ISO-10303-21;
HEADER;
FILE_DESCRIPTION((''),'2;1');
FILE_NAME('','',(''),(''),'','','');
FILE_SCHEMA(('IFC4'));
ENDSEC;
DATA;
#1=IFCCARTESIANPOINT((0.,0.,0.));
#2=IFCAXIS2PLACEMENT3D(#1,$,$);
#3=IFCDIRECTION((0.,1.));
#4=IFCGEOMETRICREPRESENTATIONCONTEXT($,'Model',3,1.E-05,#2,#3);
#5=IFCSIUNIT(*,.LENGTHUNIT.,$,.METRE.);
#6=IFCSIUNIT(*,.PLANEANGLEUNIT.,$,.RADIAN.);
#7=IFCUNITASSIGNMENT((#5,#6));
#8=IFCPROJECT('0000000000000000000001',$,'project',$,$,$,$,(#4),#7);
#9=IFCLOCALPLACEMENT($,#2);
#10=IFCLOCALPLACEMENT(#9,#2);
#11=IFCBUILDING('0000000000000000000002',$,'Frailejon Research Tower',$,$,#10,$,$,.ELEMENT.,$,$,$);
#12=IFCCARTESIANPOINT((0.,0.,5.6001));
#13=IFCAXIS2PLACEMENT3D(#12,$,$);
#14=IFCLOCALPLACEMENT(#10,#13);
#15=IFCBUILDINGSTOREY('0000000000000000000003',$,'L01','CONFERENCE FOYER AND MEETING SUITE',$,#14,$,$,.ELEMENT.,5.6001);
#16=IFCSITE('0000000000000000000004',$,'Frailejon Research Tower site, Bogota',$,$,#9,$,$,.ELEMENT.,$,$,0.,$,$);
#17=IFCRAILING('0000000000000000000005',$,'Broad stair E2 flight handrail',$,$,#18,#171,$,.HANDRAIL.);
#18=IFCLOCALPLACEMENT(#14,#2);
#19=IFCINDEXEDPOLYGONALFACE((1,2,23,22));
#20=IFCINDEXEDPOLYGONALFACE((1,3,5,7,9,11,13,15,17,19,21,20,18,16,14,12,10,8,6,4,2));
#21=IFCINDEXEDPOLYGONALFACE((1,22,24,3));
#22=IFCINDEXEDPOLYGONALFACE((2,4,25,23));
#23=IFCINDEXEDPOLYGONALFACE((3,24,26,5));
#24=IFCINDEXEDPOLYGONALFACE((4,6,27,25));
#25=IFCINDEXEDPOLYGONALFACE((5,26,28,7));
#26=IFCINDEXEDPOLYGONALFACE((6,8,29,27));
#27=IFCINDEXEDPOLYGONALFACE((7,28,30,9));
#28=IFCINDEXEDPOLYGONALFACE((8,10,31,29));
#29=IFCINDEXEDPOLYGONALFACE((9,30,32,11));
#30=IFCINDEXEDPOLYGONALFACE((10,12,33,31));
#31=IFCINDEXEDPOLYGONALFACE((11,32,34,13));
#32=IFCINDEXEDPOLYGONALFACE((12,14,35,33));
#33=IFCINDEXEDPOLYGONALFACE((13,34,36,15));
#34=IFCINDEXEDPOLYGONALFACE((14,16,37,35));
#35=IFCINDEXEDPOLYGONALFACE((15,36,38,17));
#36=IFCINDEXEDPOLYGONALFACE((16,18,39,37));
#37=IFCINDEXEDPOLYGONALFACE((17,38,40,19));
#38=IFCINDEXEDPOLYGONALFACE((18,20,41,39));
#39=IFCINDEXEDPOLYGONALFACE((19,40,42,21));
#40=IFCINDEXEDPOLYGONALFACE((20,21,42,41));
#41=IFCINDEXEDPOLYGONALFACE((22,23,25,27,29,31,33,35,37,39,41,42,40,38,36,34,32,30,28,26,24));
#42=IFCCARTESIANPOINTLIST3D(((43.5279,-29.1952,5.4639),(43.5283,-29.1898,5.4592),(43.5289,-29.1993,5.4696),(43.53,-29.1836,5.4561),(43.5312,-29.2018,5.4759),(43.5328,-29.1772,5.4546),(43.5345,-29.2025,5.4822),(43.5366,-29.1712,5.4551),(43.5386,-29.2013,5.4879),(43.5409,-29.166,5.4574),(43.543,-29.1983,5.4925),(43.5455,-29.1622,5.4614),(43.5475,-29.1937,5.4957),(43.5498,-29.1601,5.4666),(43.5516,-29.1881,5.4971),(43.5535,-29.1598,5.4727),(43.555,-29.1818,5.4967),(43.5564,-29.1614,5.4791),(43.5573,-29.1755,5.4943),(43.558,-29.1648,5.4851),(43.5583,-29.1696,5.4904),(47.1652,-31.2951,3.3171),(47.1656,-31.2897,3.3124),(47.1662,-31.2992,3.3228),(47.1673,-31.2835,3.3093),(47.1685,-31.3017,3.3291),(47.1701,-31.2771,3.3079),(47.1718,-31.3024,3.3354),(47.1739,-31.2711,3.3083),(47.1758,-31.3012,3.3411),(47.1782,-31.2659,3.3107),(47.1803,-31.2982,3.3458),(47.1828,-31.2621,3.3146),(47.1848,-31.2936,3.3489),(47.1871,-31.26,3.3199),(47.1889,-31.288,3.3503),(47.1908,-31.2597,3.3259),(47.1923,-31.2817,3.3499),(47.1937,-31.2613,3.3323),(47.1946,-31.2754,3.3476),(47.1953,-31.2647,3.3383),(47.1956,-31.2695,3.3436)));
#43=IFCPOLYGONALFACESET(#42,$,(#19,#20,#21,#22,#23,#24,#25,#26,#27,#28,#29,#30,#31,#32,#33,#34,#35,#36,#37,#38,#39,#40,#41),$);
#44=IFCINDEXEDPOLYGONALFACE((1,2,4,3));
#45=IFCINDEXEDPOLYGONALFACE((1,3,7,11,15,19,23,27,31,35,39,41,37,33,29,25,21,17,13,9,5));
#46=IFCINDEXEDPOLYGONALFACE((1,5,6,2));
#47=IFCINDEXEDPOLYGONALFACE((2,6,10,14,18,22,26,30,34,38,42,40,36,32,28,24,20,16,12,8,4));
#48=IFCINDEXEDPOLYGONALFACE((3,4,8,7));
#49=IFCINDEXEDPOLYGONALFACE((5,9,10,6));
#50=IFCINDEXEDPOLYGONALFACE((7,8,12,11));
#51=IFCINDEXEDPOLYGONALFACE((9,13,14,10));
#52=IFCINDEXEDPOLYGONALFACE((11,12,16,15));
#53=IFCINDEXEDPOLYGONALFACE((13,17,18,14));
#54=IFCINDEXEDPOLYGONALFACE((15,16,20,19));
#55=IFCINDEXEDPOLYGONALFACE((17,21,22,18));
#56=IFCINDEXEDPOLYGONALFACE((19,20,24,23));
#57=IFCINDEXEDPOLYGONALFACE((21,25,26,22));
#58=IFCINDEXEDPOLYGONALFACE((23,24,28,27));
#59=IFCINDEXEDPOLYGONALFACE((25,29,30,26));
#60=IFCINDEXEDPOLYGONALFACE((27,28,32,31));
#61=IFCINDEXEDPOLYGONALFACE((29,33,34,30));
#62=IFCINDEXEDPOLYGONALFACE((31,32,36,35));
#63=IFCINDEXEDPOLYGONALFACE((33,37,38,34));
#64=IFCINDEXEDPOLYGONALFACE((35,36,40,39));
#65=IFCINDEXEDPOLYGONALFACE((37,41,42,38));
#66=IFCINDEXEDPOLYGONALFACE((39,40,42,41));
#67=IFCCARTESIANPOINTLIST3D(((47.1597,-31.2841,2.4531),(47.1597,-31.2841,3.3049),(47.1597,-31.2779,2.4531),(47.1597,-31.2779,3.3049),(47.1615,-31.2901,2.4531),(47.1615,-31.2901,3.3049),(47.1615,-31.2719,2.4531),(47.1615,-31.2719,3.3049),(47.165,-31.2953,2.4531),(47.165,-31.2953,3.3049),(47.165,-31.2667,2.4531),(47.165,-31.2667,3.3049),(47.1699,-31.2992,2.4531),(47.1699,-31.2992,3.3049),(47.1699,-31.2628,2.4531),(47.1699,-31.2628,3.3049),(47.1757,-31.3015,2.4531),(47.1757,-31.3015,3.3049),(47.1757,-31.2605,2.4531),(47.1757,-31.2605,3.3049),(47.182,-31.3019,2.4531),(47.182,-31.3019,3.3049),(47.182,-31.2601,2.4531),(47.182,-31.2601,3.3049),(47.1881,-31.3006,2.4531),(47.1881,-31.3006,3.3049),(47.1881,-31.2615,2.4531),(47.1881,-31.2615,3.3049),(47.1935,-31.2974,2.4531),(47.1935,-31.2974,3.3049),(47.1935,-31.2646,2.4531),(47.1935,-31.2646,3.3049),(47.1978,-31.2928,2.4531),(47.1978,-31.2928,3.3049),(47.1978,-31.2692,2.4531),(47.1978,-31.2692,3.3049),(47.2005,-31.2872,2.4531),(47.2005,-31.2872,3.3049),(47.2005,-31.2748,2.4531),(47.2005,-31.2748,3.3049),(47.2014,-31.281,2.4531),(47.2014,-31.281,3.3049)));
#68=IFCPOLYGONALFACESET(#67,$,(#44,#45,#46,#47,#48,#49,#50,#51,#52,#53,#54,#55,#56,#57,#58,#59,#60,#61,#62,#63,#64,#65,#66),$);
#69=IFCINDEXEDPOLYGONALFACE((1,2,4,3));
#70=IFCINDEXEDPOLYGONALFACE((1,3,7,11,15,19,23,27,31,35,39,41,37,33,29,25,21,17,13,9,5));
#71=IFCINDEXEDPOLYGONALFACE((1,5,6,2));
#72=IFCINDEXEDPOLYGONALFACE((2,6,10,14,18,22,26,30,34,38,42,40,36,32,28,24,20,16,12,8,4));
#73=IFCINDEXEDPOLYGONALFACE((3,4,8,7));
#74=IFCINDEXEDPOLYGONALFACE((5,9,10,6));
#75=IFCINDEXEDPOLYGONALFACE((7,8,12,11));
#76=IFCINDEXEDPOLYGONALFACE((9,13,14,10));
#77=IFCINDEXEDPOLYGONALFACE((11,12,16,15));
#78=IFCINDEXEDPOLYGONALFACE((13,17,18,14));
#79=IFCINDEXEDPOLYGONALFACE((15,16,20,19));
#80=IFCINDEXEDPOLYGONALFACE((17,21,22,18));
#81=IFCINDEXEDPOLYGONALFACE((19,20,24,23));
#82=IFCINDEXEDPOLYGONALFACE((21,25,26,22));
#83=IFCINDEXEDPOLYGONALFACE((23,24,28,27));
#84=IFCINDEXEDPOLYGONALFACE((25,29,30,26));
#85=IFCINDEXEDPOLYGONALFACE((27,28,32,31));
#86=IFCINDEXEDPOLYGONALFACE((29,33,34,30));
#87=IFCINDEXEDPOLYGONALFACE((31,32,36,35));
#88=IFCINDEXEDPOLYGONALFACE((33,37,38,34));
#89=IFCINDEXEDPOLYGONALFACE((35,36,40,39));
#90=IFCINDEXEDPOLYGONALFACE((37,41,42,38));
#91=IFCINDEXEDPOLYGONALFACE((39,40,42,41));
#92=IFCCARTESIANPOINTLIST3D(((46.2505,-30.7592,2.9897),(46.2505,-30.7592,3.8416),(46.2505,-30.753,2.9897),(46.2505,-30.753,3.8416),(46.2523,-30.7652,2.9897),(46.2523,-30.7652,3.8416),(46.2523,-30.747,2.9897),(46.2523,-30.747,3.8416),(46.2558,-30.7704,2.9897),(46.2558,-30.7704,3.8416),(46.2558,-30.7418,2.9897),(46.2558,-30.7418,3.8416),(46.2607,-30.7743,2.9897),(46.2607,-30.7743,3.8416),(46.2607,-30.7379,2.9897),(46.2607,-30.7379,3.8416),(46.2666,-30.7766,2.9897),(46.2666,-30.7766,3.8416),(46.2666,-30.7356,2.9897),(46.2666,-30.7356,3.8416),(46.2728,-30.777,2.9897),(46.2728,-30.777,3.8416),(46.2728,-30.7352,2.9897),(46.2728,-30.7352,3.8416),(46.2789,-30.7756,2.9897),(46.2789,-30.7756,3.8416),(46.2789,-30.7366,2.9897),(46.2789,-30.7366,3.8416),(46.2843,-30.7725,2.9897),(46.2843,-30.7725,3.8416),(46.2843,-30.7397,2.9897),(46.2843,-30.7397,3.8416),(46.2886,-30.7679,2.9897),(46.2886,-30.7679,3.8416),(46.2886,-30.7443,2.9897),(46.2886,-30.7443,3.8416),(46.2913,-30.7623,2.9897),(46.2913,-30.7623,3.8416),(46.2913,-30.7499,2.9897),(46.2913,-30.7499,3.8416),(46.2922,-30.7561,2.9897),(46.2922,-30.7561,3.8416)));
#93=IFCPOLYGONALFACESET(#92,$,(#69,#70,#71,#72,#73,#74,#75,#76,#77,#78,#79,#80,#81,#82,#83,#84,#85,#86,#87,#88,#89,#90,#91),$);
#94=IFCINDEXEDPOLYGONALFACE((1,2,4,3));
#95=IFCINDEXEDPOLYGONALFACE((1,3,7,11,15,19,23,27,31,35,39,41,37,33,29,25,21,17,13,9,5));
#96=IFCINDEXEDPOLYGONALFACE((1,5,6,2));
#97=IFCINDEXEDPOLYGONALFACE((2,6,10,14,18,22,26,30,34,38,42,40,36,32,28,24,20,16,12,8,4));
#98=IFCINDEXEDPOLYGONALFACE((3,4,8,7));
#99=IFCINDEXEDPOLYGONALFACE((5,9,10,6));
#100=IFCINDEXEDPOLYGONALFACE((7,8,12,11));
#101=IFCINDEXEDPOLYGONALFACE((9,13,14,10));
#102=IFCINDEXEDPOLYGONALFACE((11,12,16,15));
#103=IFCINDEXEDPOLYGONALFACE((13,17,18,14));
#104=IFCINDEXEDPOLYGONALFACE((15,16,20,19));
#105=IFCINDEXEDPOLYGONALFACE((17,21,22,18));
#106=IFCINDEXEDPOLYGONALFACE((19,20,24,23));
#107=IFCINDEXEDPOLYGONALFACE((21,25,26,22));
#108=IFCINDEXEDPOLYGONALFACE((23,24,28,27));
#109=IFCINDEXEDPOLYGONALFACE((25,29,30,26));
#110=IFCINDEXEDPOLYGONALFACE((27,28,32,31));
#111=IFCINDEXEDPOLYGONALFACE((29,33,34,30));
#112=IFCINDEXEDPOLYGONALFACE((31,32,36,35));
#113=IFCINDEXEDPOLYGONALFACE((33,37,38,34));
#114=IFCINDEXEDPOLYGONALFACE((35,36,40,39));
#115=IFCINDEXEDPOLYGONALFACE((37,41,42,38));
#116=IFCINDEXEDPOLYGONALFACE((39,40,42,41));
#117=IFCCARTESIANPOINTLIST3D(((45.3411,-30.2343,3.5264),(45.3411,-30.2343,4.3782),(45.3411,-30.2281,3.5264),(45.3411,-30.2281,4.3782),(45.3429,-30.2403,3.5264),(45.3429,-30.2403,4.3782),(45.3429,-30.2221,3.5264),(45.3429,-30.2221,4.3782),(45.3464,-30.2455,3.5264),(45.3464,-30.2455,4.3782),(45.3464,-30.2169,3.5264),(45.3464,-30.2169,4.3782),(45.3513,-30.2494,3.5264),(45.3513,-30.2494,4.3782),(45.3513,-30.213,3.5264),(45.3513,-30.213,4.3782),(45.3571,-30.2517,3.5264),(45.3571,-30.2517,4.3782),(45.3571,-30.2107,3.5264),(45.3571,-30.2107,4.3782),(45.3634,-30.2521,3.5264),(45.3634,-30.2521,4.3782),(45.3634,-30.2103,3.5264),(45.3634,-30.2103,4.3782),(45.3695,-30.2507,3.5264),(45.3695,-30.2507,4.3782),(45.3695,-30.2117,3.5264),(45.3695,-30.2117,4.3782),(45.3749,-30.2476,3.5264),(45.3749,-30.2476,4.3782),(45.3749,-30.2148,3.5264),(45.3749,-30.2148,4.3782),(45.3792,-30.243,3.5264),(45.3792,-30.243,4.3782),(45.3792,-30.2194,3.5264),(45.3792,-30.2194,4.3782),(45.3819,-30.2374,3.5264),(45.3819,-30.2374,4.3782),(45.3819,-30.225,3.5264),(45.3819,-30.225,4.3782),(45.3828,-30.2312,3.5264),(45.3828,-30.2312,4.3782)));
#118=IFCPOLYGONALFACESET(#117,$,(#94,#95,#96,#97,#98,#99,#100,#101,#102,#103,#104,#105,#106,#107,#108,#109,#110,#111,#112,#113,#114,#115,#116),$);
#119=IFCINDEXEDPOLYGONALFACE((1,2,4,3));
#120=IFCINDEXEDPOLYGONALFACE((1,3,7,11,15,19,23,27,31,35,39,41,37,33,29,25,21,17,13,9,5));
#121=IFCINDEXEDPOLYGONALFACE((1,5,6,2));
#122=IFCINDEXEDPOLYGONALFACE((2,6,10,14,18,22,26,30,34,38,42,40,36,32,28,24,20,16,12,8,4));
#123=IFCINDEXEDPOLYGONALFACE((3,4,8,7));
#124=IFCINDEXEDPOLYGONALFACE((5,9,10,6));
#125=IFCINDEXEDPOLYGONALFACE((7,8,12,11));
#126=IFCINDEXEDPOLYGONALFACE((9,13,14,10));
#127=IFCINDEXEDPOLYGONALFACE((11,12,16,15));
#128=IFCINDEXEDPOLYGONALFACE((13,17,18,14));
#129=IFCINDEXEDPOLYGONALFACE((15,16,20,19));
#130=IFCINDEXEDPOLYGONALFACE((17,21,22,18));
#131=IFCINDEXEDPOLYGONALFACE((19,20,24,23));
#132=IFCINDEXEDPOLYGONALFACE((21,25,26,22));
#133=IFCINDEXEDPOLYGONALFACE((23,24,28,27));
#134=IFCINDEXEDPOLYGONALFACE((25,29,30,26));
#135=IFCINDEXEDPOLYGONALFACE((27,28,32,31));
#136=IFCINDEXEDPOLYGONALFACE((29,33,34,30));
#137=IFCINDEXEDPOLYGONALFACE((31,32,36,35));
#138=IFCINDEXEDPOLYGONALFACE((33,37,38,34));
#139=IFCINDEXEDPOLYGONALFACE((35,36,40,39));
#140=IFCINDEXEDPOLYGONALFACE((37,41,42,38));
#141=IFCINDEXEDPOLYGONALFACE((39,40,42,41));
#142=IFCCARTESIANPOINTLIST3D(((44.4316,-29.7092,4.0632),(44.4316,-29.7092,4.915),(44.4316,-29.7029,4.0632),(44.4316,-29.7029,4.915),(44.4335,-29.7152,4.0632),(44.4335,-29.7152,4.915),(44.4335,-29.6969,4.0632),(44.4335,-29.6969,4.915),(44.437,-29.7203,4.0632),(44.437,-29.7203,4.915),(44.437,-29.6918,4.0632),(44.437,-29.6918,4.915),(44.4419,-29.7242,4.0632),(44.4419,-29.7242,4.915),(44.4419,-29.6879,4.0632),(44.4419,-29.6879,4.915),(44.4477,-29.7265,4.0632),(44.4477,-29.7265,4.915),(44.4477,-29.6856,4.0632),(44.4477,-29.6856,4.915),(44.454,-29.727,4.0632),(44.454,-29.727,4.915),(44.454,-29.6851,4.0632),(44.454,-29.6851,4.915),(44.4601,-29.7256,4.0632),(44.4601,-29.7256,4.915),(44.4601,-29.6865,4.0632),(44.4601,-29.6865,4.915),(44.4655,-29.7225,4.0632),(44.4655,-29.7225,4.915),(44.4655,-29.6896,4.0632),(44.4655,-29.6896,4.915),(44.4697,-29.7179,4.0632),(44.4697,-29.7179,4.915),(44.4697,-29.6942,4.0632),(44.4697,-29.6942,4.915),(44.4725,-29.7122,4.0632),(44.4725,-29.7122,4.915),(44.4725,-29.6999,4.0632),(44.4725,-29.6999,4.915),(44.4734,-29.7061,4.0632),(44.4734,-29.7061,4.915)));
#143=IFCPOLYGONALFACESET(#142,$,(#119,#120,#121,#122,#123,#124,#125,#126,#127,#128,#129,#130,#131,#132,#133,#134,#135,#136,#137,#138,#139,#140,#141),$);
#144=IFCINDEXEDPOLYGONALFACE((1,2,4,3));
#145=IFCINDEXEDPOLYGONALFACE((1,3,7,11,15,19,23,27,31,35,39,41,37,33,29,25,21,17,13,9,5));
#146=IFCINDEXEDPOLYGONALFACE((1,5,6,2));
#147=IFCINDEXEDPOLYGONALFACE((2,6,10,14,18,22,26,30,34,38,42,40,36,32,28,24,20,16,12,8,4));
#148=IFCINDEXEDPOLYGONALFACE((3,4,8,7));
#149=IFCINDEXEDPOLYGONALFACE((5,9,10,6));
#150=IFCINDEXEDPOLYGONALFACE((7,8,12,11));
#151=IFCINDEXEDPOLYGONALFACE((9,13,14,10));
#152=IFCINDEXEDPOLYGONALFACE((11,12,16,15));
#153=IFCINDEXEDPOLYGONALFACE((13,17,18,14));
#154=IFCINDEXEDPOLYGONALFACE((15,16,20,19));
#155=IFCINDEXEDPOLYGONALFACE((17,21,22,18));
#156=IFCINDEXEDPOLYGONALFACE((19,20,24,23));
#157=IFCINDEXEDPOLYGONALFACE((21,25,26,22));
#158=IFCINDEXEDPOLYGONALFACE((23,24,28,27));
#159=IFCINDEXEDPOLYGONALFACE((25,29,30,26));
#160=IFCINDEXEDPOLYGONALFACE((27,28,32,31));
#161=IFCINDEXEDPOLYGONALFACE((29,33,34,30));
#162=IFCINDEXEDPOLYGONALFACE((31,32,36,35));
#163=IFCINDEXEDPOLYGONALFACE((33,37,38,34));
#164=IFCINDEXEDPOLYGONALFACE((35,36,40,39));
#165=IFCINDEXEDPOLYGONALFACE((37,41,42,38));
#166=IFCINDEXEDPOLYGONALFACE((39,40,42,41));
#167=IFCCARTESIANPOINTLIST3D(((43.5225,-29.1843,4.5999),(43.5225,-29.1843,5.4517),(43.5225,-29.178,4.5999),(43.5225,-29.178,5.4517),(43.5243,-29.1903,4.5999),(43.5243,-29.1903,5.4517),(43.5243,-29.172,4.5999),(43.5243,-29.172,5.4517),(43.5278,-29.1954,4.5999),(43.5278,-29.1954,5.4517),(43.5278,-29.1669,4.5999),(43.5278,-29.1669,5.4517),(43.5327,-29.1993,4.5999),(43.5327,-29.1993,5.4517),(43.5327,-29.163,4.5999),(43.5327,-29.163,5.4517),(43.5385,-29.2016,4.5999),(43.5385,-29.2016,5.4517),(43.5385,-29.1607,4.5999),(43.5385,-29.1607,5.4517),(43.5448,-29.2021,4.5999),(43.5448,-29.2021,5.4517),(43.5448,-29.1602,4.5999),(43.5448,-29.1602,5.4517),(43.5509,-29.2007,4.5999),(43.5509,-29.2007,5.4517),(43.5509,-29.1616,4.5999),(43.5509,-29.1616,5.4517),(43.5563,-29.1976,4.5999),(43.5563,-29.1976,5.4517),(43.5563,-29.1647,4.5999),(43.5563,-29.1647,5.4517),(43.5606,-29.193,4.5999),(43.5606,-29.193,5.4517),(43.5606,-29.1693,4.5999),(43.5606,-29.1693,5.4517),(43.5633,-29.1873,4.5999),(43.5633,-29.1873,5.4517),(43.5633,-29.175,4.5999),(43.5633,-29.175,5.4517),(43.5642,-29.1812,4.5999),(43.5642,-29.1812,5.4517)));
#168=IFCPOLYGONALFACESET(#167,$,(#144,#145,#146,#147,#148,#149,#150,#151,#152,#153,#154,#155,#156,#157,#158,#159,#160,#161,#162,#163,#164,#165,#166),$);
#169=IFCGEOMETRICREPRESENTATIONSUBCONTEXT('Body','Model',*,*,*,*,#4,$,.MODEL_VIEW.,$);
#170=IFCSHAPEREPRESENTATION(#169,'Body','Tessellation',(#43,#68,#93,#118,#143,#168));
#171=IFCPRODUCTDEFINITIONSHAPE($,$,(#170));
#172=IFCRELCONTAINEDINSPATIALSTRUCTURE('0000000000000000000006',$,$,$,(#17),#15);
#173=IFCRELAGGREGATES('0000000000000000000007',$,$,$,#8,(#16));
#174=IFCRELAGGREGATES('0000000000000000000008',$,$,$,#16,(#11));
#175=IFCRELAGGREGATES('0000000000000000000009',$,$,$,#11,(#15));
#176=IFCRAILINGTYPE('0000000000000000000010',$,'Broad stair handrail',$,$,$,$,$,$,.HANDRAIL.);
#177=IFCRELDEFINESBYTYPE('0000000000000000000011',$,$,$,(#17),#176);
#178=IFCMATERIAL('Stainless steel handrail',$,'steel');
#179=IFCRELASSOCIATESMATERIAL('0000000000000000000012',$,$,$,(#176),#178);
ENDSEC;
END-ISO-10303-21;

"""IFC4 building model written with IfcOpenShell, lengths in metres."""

from ifc_helpers import new_model, si_unit, direction, frame, origin, origin_2d, place, context, subcontext, project, spatial, circle, extrude, material, type_object, element, save


model = new_model("IFC4")

# Units and contexts
model_context = context("Model", 3, precision=1e-05, world=origin(), true_north=direction((0.0, 1.0)))
body_context = subcontext(model_context, "Body", "Model", "MODEL_VIEW")
ifc_project = project(units=[si_unit("LENGTHUNIT", "METRE"), si_unit("PLANEANGLEUNIT", "RADIAN")], contexts=[model_context])

# Site, building, storey
site_placement = place(None, origin())
site = spatial("IfcSite", under=ifc_project, at=site_placement, Name="Frailejon Research Tower site, Bogota", CompositionType="ELEMENT", RefElevation=0.0)
building_placement = place(site_placement, origin())
building = spatial("IfcBuilding", under=site, at=building_placement, Name="Frailejon Research Tower", CompositionType="ELEMENT")
storey_placement = place(building_placement, frame((0.0, 0.0, 5.6001)))
storey = spatial("IfcBuildingStorey", under=building, at=storey_placement, Name="L01", Description="CONFERENCE FOYER AND MEETING SUITE", CompositionType="ELEMENT", Elevation=5.6001)

# Railing
ifc_material_1 = material(Name="Stainless steel handrail", Category="steel")
railing_type_1 = type_object("IfcRailingType", Name="Broad stair handrail", PredefinedType="HANDRAIL", material=ifc_material_1)
railing_1_placement = place(storey_placement, frame((47.1804, -31.281, 2.4531)))
element("IfcRailing", 1, at=railing_1_placement, inside=storey, type_object=railing_type_1, Name="Broad stair E2 flight handrail", PredefinedType="HANDRAIL", context=body_context, shape_type="SweptSolid", body=[
    extrude(circle(Radius=0.0239, at=origin_2d()), frame((0.0, 0.0, 0.876), z_axis=(-0.771137, 0.445197, 0.455135), x_axis=(-0.499984, -0.866035, 0.0)), (0.0, 0.0, 1.0), 4.7168),
    extrude(circle(Radius=0.021, at=origin_2d()), origin(), (0.0, 0.0, 1.0), 0.8518),
    extrude(circle(Radius=0.021, at=origin_2d()), frame((-0.9092, 0.5249, 0.5366)), (0.0, 0.0, 1.0), 0.8518),
    extrude(circle(Radius=0.021, at=origin_2d()), frame((-1.8186, 1.0498, 1.0732)), (0.0, 0.0, 1.0), 0.8518),
    extrude(circle(Radius=0.021, at=origin_2d()), frame((-2.728, 1.575, 1.6101)), (0.0, 0.0, 1.0), 0.8518),
    extrude(circle(Radius=0.021, at=origin_2d()), frame((-3.6372, 2.0999, 2.1467)), (0.0, 0.0, 1.0), 0.8518),
])

save(model, "model.ifc")
